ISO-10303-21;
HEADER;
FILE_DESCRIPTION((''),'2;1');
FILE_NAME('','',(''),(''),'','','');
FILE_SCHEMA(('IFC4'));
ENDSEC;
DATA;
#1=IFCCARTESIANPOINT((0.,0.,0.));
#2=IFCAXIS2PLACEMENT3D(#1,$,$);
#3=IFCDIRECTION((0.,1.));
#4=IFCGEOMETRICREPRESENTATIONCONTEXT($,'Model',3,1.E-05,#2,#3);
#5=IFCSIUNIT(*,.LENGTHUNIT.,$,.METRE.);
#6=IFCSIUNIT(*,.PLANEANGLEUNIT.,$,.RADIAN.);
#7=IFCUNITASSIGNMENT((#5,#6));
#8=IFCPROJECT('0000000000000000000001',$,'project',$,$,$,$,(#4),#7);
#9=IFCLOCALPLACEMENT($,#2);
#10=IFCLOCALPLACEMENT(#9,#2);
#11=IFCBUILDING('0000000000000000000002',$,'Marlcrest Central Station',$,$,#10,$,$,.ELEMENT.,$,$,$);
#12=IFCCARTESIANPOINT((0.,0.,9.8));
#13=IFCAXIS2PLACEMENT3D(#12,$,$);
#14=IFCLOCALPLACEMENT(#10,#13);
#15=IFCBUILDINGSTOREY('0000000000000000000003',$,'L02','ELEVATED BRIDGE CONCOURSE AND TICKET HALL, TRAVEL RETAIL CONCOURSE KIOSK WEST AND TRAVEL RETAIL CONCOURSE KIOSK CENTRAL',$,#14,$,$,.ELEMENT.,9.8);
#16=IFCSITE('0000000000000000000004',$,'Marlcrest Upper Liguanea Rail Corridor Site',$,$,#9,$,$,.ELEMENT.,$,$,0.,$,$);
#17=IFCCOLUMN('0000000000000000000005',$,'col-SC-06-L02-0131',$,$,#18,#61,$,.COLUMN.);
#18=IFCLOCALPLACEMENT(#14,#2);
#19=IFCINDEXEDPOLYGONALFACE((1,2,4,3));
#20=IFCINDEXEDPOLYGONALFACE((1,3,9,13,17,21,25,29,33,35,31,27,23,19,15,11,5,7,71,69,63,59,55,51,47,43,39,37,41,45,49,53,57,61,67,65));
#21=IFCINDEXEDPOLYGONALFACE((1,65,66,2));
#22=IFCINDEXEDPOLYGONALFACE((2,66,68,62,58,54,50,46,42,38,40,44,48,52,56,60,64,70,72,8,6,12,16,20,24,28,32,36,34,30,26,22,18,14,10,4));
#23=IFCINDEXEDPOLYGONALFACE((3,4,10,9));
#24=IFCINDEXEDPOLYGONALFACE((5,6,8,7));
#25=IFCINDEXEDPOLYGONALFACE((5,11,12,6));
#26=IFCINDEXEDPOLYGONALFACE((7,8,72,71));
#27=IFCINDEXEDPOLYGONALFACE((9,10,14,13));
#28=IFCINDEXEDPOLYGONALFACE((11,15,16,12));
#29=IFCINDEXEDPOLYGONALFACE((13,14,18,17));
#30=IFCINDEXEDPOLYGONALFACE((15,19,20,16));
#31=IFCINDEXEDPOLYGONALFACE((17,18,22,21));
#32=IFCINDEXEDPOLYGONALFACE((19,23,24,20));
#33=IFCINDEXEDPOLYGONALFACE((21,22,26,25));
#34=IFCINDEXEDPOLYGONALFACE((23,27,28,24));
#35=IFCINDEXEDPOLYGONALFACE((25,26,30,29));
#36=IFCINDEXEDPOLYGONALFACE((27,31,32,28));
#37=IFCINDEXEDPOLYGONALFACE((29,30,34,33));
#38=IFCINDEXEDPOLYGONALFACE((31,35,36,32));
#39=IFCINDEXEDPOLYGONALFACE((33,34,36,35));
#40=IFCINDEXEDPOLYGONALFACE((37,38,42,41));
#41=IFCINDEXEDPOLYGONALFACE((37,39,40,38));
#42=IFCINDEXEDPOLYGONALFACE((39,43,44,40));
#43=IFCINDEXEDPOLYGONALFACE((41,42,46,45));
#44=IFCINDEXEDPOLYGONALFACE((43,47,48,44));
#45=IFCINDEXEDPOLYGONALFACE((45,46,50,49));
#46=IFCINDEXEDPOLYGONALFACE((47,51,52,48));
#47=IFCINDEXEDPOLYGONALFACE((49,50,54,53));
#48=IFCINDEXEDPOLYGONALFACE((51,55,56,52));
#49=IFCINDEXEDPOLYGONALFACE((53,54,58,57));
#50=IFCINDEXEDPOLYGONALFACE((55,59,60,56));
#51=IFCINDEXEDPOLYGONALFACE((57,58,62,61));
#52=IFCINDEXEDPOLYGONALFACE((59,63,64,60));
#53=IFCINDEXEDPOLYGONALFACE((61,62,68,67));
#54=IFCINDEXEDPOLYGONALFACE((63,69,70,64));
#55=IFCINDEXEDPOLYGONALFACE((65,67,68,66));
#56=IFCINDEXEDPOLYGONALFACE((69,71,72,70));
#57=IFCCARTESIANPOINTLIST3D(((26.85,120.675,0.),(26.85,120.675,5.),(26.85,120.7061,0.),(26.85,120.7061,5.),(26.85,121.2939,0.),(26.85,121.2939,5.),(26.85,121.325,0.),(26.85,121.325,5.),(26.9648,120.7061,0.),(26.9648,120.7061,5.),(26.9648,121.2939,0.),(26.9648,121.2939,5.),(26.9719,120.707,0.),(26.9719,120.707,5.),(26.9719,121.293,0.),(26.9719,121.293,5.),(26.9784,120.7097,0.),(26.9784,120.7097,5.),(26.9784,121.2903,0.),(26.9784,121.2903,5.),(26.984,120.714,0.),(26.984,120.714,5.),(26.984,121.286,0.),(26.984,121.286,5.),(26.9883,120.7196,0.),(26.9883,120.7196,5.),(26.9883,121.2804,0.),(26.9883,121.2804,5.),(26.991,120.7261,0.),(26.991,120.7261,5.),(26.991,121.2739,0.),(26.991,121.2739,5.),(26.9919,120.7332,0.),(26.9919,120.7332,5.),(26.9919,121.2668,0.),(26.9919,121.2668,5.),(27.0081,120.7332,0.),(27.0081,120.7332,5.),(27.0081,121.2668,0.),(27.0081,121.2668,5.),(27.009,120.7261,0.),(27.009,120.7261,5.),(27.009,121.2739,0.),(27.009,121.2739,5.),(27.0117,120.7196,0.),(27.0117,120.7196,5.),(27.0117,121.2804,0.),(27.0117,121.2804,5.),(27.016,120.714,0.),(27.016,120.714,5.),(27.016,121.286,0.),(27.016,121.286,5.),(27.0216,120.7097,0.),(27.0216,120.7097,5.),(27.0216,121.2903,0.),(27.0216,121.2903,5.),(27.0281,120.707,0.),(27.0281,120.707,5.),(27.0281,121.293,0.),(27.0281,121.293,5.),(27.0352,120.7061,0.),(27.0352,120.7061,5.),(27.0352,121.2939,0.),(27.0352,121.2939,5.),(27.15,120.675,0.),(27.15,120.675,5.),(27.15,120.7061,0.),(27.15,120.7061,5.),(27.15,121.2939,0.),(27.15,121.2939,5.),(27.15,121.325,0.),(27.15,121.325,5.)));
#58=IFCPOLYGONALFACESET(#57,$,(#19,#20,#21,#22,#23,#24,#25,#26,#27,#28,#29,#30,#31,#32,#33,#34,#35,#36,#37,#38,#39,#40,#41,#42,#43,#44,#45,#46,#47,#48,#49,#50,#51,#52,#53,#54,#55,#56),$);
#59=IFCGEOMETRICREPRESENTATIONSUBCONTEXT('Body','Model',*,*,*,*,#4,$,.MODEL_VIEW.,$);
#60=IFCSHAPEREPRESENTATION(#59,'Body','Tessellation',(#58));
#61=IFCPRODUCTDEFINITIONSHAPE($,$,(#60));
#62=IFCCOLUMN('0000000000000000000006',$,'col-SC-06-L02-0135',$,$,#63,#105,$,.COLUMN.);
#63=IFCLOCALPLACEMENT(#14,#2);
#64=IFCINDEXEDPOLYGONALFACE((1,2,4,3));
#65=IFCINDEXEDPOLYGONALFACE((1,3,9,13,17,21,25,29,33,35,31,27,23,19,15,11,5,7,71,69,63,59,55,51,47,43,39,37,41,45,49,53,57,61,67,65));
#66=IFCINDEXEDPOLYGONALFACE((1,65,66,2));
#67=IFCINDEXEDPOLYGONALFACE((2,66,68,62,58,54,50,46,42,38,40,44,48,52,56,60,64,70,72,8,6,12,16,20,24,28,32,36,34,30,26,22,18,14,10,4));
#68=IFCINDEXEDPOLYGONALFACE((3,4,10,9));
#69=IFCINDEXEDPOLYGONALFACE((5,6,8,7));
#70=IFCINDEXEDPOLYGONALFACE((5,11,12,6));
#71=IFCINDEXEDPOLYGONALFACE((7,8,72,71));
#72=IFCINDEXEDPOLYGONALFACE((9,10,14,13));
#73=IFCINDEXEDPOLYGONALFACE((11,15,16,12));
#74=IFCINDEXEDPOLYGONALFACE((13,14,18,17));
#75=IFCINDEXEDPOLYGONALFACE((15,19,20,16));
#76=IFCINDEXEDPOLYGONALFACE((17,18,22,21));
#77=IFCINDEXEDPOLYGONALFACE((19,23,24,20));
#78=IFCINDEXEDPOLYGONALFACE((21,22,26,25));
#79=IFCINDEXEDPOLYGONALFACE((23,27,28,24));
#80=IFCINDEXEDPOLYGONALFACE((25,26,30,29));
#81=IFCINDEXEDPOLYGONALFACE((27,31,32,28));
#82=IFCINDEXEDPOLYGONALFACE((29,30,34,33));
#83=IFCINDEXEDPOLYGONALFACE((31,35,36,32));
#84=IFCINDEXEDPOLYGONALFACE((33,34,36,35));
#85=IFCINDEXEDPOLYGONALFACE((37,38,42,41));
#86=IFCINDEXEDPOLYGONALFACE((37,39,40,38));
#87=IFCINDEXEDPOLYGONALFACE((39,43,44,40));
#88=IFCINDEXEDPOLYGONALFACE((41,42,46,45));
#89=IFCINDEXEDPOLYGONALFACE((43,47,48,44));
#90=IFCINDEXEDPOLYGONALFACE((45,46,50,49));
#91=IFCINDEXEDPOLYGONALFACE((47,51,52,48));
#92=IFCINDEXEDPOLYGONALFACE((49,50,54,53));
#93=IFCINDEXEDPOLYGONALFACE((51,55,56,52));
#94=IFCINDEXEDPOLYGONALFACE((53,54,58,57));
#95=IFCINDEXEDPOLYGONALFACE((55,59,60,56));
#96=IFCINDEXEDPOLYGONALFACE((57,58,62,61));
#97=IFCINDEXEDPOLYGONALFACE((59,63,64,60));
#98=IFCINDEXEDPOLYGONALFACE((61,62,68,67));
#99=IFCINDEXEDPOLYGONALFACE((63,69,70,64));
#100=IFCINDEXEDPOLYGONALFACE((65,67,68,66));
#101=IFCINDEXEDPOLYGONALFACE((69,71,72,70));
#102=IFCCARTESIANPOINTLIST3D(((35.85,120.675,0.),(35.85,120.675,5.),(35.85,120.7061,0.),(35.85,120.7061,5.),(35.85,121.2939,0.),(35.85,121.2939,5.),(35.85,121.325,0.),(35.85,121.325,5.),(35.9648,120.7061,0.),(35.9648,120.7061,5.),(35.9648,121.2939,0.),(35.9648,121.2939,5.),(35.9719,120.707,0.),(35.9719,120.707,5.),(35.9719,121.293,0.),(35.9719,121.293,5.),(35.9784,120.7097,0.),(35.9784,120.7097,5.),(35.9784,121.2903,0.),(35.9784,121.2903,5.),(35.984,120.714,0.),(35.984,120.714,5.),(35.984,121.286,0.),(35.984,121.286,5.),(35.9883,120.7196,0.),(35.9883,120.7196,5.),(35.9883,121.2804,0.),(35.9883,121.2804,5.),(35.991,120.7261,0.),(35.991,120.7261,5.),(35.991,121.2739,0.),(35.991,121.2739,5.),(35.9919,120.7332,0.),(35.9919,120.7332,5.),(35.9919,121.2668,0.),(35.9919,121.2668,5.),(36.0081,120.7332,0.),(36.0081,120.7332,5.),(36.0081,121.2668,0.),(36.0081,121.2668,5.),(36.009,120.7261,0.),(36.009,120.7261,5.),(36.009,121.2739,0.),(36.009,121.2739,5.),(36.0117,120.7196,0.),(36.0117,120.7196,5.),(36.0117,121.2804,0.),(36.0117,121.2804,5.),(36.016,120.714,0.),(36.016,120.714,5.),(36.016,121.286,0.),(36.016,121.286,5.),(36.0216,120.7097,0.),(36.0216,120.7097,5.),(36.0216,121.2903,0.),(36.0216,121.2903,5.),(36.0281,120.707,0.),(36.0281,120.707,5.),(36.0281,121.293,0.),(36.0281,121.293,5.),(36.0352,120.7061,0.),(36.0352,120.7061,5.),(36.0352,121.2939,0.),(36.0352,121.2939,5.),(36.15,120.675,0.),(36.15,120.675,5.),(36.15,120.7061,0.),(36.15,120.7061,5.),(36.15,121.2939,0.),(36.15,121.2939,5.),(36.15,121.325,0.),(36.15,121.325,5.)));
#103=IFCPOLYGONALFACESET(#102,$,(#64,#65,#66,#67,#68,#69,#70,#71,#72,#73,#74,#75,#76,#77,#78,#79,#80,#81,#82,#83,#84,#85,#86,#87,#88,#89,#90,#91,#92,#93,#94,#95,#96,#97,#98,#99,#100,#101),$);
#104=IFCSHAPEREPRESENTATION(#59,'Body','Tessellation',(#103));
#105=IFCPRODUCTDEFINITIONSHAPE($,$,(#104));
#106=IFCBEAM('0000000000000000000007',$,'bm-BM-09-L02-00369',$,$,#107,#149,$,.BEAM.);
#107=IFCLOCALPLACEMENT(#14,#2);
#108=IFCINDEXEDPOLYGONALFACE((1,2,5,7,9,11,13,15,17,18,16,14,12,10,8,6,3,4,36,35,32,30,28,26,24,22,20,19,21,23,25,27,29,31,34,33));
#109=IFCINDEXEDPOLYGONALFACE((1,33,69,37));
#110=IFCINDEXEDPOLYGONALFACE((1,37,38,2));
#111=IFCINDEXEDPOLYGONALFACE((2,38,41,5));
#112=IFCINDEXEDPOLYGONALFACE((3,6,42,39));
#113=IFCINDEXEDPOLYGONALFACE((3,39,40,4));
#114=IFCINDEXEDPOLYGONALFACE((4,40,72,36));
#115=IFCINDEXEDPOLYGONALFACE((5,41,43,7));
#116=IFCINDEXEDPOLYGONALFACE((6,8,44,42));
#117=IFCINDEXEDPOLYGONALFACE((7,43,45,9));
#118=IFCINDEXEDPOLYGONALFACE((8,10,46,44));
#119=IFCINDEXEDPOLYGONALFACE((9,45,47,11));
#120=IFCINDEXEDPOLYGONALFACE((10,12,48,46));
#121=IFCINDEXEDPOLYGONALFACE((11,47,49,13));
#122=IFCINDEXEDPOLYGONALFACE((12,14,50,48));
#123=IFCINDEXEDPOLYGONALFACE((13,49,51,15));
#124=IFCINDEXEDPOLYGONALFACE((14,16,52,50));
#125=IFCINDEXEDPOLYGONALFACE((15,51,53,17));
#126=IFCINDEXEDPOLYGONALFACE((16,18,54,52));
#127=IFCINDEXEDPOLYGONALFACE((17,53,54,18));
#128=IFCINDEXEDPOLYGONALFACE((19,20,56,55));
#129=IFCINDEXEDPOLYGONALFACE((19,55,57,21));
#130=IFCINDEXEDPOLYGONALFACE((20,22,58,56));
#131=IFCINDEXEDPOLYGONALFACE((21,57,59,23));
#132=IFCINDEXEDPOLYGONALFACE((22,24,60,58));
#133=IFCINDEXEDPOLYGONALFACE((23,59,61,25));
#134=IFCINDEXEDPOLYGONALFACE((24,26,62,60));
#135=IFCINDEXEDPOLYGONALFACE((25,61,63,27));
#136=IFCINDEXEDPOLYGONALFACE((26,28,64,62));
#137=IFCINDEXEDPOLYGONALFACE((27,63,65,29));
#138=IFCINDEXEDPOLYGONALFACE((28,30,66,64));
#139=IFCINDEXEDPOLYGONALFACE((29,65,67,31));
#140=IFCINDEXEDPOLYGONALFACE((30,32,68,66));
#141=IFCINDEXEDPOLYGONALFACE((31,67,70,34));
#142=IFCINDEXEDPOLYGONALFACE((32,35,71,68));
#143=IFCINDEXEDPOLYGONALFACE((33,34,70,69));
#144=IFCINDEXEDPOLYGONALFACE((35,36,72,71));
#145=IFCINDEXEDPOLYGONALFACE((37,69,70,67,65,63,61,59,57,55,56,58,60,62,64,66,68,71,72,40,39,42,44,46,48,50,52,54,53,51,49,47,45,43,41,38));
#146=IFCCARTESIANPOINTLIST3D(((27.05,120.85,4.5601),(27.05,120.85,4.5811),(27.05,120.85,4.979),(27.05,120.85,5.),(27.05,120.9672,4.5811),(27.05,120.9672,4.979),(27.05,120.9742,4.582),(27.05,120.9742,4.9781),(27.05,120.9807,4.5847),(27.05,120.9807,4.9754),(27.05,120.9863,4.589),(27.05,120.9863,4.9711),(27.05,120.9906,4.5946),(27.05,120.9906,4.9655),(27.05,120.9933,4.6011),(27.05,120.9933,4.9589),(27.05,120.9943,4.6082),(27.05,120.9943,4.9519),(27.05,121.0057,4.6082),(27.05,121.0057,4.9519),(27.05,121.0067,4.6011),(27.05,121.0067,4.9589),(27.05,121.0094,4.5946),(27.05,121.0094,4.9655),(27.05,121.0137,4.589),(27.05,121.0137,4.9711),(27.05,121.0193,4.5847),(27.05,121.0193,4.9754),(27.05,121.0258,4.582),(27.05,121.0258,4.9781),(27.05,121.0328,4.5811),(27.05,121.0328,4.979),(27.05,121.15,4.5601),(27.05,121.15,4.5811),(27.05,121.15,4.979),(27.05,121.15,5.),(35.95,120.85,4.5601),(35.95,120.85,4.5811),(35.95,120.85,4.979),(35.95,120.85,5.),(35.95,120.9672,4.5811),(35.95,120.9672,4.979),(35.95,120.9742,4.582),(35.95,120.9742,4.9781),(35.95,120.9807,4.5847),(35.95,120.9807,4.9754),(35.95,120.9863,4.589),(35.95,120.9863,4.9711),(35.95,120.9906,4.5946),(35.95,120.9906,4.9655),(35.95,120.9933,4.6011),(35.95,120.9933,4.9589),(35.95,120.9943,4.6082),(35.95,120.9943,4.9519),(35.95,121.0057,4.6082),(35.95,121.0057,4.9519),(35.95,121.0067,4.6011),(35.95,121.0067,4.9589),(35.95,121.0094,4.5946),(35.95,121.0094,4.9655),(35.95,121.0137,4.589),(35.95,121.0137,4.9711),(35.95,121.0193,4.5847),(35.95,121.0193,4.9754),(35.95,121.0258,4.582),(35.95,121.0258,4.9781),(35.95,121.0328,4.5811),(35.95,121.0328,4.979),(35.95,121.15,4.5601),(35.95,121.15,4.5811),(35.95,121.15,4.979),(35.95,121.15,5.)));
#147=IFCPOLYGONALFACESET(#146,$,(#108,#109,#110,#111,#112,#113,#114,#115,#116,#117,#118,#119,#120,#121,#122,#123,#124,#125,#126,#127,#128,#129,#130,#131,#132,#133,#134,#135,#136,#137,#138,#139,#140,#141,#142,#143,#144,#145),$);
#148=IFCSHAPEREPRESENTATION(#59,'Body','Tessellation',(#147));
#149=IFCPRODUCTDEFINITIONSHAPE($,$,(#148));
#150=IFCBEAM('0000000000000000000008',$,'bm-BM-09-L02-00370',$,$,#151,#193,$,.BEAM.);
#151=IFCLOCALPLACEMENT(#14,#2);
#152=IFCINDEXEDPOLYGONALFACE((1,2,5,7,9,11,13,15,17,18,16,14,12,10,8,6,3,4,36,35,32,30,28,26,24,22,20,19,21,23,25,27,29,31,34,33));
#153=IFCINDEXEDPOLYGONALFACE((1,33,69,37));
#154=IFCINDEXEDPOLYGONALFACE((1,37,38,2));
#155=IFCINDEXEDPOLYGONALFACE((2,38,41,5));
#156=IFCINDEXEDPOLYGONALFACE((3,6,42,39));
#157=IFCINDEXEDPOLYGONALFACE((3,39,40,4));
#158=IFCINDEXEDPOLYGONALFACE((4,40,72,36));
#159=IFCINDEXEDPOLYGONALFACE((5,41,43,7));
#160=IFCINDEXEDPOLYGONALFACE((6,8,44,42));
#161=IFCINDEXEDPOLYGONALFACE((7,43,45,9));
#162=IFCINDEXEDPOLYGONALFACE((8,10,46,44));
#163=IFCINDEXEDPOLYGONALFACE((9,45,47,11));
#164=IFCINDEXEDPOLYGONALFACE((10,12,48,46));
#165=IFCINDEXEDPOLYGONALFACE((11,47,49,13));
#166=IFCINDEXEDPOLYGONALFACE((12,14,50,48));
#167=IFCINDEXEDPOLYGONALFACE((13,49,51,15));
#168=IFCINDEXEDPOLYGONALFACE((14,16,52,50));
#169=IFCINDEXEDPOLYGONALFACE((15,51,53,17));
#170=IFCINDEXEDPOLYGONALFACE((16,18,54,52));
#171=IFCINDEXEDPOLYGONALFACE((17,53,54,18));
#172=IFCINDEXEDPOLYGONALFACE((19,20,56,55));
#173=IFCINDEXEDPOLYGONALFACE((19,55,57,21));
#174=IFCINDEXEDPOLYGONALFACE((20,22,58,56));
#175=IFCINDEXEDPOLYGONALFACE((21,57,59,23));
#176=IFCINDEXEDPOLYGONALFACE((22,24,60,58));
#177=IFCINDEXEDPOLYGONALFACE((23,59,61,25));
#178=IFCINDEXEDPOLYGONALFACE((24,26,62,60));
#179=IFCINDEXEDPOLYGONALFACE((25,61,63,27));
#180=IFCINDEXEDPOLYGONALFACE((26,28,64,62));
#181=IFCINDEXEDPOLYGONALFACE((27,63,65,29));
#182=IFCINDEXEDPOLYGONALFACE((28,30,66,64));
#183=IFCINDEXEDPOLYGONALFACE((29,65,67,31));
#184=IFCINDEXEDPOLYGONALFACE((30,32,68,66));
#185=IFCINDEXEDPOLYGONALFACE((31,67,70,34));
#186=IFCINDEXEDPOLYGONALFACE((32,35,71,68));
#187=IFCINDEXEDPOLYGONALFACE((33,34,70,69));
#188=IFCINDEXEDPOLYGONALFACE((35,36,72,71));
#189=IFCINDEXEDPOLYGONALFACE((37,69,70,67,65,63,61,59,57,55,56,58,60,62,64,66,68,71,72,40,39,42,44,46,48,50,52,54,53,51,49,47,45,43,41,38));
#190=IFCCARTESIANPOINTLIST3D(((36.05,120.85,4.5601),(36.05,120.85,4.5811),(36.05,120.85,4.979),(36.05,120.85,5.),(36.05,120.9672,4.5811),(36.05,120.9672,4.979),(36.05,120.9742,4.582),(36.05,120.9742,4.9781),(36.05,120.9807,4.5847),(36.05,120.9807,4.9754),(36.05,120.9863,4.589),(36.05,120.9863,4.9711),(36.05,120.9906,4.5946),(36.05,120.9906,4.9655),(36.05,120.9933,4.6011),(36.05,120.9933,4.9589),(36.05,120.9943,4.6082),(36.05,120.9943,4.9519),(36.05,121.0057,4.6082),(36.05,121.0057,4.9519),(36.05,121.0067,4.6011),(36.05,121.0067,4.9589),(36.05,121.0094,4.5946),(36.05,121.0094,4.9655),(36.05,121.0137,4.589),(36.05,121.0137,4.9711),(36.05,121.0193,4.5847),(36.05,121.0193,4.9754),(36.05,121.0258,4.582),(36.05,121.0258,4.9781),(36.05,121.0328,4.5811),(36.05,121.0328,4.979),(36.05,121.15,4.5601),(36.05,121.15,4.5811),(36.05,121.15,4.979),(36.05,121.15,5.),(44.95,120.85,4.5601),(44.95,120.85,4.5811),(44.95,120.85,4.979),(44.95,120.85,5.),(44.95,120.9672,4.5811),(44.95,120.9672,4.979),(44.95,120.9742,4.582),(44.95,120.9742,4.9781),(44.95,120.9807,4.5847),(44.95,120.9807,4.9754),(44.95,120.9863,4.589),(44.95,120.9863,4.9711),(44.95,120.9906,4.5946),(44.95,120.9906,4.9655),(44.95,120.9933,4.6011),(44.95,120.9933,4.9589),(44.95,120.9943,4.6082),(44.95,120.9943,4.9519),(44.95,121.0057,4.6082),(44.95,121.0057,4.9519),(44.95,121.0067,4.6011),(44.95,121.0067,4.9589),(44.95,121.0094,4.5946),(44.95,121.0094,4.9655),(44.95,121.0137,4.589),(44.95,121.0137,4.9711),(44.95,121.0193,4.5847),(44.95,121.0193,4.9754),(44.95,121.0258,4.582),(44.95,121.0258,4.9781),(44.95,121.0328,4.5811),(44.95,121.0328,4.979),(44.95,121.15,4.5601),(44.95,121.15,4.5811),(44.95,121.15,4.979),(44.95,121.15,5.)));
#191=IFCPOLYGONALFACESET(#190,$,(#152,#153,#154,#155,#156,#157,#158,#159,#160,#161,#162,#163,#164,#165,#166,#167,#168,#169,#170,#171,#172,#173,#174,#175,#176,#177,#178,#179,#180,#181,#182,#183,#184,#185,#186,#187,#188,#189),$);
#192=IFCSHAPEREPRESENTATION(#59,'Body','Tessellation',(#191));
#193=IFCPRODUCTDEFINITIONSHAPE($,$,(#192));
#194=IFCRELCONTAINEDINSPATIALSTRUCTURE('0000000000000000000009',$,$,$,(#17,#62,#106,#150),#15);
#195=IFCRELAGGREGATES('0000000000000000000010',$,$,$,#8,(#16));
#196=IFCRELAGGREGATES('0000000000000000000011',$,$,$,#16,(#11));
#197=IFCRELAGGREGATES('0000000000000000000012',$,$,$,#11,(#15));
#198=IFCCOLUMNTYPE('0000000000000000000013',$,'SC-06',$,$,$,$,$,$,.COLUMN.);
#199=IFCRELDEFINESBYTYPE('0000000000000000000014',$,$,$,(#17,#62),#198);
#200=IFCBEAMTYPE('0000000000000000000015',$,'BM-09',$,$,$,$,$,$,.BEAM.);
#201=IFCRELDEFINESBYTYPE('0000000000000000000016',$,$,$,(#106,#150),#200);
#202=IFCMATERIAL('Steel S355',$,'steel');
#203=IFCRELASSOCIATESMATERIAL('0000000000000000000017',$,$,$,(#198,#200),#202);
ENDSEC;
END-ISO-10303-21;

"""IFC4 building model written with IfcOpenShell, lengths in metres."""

from ifc_helpers import new_model, si_unit, direction, frame, origin, origin_2d, place, context, subcontext, project, spatial, i_section, extrude, material, material_profile, profile_set, type_object, element, save


model = new_model("IFC4")

# Units and contexts
model_context = context("Model", 3, precision=1e-05, world=origin(), true_north=direction((0.0, 1.0)))
body_context = subcontext(model_context, "Body", "Model", "MODEL_VIEW")
ifc_project = project(units=[si_unit("LENGTHUNIT", "METRE"), si_unit("PLANEANGLEUNIT", "RADIAN")], contexts=[model_context])

# Site, building, storey
site_placement = place(None, origin())
site = spatial("IfcSite", under=ifc_project, at=site_placement, Name="Marlcrest Upper Liguanea Rail Corridor Site", CompositionType="ELEMENT", RefElevation=0.0)
building_placement = place(site_placement, origin())
building = spatial("IfcBuilding", under=site, at=building_placement, Name="Marlcrest Central Station", CompositionType="ELEMENT")
storey_placement = place(building_placement, frame((0.0, 0.0, 9.8)))
storey = spatial("IfcBuildingStorey", under=building, at=storey_placement, Name="L02", Description="ELEVATED BRIDGE CONCOURSE AND TICKET HALL, TRAVEL RETAIL CONCOURSE KIOSK WEST AND TRAVEL RETAIL CONCOURSE KIOSK CENTRAL", CompositionType="ELEMENT", Elevation=9.8)

# Columns
ifc_material_1 = material(Name="Steel S355", Category="steel")
ifc_material_profile_1 = material_profile(ifc_material_1, i_section(OverallWidth=0.3, OverallDepth=0.6499, WebThickness=0.0161, FlangeThickness=0.031, FilletRadius=0.0271, at=origin_2d()), Name="HEB 650")
ifc_profile_set_1 = profile_set([ifc_material_profile_1], Name="Steel S355")
column_type = type_object("IfcColumnType", Name="SC-06", PredefinedType="COLUMN", material=ifc_profile_set_1)
for number, where, z_axis, x_axis, name in (
    (1, (27.0, 121.0, 0.0), (0.0, 0.0, 1.0), (1.0, 0.0, 0.0), "col-SC-06-L02-0131"),
    (2, (36.0, 121.0, 0.0), (0.0, 0.0, 1.0), (1.0, 0.0, 0.0), "col-SC-06-L02-0135"),
):
    element("IfcColumn", number, at=place(storey_placement, frame(where, z_axis=z_axis, x_axis=x_axis)), inside=storey, type_object=column_type, Name=name, PredefinedType="COLUMN", context=body_context, shape_type="SweptSolid", body=[
        extrude(i_section(OverallWidth=0.3, OverallDepth=0.6499, WebThickness=0.0161, FlangeThickness=0.031, FilletRadius=0.0271, at=origin_2d()), origin(), (0.0, 0.0, 1.0), 5.0),
    ])

# Beams
ifc_material_profile_2 = material_profile(ifc_material_1, i_section(OverallWidth=0.3, OverallDepth=0.4399, WebThickness=0.0115, FlangeThickness=0.021, FilletRadius=0.0271, at=origin_2d()), Name="HEA 450")
ifc_profile_set_2 = profile_set([ifc_material_profile_2], Name="Steel S355")
beam_type = type_object("IfcBeamType", Name="BM-09", PredefinedType="BEAM", material=ifc_profile_set_2)
for number, where, z_axis, x_axis, name in (
    (3, (27.05, 121.0, 4.78), (1.0, 0.0, 0.0), (0.0, 1.0, 0.0), "bm-BM-09-L02-00369"),
    (4, (36.05, 121.0, 4.78), (1.0, 0.0, 0.0), (0.0, 1.0, 0.0), "bm-BM-09-L02-00370"),
):
    element("IfcBeam", number, at=place(storey_placement, frame(where, z_axis=z_axis, x_axis=x_axis)), inside=storey, type_object=beam_type, Name=name, PredefinedType="BEAM", context=body_context, shape_type="SweptSolid", body=[
        extrude(i_section(OverallWidth=0.3, OverallDepth=0.4399, WebThickness=0.0115, FlangeThickness=0.021, FilletRadius=0.0271, at=origin_2d()), origin(), (0.0, 0.0, 1.0), 8.8999),
    ])

save(model, "model.ifc")
